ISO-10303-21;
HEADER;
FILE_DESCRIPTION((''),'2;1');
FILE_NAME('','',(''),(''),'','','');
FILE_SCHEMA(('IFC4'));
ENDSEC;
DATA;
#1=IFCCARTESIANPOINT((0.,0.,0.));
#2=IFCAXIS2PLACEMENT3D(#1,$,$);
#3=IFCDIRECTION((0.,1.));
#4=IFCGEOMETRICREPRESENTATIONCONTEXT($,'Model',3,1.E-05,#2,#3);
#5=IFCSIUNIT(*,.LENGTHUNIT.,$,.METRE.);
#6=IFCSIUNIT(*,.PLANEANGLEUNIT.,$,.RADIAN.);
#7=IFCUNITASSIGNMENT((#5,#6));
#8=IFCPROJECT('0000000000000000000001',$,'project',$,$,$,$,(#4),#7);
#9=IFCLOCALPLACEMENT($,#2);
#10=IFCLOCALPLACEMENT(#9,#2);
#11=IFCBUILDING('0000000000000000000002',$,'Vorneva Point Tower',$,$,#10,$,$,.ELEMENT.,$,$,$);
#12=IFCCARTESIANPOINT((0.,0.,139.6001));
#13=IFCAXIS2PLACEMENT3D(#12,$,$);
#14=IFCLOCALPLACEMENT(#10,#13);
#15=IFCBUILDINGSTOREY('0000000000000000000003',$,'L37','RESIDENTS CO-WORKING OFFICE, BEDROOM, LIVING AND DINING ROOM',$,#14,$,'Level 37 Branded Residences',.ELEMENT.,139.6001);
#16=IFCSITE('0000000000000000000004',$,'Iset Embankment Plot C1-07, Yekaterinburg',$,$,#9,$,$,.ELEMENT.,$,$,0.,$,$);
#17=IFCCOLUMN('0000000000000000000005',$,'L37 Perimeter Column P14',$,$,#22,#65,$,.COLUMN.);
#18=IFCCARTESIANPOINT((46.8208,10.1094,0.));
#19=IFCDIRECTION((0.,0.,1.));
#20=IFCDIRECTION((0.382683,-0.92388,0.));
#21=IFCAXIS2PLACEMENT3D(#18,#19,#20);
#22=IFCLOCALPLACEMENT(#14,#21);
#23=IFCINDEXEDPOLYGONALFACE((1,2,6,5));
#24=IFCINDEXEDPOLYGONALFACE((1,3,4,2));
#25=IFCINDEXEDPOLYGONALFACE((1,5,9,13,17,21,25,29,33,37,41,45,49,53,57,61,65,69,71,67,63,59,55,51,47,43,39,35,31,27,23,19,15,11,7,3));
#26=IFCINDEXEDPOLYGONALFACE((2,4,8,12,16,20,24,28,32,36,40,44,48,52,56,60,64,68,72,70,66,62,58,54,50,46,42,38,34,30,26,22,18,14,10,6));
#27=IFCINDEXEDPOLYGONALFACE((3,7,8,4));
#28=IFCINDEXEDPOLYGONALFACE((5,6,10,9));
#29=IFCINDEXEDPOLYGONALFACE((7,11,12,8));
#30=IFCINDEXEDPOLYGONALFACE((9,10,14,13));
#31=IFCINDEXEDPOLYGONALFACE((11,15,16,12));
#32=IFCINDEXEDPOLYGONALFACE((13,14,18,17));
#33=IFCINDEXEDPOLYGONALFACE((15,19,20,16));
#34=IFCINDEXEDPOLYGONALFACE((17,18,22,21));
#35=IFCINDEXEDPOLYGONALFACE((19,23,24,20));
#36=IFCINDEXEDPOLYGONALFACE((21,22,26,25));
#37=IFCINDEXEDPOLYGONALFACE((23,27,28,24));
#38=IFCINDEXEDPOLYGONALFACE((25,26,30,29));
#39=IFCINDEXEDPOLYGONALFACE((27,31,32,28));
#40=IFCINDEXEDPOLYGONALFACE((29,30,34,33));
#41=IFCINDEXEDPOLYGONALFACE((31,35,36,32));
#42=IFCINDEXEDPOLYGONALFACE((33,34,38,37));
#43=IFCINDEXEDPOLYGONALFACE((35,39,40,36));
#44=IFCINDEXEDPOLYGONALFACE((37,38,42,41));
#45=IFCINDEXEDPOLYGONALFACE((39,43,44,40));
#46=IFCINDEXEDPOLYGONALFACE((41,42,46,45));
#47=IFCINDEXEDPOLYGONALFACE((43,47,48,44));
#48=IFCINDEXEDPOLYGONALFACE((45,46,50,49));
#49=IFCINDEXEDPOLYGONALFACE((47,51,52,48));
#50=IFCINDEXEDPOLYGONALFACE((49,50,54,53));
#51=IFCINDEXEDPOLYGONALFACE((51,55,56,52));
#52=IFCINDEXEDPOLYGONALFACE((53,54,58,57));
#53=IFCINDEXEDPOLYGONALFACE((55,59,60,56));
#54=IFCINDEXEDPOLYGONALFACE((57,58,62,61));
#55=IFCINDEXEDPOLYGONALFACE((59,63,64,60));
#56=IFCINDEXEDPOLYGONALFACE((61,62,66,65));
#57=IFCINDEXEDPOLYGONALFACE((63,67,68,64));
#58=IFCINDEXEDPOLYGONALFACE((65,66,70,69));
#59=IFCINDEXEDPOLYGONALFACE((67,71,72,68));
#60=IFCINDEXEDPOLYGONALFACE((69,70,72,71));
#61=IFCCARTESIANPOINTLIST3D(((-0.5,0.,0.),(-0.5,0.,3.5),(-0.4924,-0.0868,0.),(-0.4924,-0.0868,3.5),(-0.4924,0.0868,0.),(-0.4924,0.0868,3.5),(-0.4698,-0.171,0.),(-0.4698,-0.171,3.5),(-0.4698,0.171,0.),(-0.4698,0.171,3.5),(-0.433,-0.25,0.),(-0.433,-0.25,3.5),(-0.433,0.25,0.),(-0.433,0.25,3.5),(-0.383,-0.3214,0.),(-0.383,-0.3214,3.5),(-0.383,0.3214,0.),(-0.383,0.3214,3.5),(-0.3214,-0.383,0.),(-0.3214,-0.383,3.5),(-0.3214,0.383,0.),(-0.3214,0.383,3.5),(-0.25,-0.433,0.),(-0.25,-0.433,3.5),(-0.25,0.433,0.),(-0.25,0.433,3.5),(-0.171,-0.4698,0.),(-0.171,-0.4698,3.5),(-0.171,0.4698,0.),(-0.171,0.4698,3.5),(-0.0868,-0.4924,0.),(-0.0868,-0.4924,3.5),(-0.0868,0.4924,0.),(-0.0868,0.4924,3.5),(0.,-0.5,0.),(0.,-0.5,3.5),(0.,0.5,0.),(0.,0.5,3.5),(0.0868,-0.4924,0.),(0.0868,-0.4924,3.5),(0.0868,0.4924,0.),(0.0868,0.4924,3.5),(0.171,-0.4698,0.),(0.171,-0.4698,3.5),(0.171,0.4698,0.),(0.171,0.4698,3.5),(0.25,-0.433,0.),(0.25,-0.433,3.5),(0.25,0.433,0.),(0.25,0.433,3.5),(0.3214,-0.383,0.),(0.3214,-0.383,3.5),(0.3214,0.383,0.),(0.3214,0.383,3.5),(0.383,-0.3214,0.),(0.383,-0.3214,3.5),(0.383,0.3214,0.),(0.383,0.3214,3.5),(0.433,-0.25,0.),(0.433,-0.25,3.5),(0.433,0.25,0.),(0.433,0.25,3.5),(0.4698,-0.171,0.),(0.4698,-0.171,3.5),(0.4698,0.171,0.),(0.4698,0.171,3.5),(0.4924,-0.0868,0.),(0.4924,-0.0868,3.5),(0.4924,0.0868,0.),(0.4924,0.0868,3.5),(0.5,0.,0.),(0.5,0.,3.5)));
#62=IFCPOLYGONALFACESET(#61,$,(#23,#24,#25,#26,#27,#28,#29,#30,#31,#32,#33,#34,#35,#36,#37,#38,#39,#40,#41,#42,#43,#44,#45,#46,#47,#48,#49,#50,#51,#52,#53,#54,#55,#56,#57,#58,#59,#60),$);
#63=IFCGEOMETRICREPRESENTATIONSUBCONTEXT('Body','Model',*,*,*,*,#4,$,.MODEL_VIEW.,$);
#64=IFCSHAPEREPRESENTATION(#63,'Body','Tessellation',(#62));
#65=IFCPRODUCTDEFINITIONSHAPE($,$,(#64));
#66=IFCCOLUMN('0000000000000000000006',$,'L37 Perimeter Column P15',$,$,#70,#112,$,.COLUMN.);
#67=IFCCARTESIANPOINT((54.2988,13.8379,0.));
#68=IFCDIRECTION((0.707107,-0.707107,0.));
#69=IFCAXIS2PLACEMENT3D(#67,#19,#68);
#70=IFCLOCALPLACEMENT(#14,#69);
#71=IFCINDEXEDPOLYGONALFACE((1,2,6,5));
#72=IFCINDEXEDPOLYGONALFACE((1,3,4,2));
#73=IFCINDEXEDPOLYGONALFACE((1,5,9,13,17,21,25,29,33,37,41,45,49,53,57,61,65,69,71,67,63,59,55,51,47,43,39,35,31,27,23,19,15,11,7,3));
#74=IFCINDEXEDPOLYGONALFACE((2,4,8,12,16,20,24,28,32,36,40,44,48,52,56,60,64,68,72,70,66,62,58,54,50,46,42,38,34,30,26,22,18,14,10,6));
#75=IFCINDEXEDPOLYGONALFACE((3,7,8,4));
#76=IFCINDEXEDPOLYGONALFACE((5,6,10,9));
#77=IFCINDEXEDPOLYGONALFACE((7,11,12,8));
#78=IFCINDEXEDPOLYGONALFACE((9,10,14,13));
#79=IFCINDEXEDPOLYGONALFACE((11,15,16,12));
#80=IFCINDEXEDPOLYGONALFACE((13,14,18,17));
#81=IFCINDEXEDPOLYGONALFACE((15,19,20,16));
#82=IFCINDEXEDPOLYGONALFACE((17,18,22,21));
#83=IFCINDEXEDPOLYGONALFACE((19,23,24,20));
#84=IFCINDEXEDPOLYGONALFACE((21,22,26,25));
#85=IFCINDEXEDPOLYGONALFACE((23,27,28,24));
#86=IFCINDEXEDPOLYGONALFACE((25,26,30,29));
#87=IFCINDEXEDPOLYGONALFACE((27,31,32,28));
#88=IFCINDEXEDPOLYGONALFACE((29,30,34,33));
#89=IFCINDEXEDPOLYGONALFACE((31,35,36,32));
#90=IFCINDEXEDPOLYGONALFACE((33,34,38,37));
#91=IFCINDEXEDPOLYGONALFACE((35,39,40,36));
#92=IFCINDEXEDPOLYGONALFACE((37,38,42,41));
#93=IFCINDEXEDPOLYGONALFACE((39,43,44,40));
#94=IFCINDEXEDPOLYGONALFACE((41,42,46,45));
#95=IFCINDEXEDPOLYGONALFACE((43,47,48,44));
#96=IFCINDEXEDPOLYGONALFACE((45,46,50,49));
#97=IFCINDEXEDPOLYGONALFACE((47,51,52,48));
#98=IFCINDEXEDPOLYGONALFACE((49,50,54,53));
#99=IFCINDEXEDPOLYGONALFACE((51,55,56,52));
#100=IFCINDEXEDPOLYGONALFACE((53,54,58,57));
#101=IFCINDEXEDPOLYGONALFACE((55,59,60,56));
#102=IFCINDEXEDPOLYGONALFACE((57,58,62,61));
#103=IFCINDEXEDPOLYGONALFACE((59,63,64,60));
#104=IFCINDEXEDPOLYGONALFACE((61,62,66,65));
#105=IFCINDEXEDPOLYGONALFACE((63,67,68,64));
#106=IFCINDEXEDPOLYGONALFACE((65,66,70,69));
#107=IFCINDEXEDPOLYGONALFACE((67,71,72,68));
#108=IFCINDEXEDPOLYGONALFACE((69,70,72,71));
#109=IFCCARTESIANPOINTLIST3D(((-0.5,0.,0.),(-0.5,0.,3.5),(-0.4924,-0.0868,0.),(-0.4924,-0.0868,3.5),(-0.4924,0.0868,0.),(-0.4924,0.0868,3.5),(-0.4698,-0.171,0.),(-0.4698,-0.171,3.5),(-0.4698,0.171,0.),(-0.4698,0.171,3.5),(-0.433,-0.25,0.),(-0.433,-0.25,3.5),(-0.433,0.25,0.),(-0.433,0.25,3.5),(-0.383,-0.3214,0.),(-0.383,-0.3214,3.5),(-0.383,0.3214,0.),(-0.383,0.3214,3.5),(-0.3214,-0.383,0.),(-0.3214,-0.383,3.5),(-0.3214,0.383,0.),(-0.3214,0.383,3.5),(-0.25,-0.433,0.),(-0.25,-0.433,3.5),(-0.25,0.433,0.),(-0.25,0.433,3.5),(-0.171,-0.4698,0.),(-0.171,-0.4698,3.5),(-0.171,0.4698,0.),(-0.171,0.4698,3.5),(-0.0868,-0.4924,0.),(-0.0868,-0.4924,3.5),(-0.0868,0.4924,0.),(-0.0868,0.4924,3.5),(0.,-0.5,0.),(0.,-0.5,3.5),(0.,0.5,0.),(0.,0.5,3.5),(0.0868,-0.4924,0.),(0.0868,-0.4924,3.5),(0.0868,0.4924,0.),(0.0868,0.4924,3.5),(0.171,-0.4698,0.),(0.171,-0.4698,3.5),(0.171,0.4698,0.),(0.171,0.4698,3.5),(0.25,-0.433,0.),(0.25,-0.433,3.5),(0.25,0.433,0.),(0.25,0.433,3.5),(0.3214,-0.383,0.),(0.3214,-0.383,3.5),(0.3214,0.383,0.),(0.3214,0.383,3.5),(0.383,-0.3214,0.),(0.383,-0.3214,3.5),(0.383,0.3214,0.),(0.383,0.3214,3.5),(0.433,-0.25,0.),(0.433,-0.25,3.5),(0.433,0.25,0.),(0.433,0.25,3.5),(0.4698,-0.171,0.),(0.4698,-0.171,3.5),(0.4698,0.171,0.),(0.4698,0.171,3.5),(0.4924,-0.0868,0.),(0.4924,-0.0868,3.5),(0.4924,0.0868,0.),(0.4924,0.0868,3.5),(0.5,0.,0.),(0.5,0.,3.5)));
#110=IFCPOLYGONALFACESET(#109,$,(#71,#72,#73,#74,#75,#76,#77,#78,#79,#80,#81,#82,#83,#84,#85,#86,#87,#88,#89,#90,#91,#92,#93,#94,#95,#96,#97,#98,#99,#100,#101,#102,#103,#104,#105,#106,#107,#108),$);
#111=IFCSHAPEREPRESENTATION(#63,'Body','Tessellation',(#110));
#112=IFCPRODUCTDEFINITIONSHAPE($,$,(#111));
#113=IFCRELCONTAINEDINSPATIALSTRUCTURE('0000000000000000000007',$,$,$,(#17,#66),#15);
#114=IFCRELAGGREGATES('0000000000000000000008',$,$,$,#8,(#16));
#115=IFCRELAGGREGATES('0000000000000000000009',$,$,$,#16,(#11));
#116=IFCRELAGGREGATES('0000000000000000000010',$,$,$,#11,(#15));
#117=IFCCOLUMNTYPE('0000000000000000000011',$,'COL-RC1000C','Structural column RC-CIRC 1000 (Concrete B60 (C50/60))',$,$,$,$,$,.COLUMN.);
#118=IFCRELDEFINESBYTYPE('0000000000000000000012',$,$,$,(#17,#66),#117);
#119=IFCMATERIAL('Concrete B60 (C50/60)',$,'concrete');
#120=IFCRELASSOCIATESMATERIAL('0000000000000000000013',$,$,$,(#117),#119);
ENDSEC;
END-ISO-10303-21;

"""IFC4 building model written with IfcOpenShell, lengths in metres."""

from ifc_helpers import new_model, si_unit, direction, frame, origin, origin_2d, place, context, subcontext, project, spatial, circle, extrude, material, material_profile, profile_set, type_object, element, save


model = new_model("IFC4")

# Units and contexts
model_context = context("Model", 3, precision=1e-05, world=origin(), true_north=direction((0.0, 1.0)))
body_context = subcontext(model_context, "Body", "Model", "MODEL_VIEW")
ifc_project = project(units=[si_unit("LENGTHUNIT", "METRE"), si_unit("PLANEANGLEUNIT", "RADIAN")], contexts=[model_context])

# Site, building, storey
site_placement = place(None, origin())
site = spatial("IfcSite", under=ifc_project, at=site_placement, Name="Iset Embankment Plot C1-07, Yekaterinburg", CompositionType="ELEMENT", RefElevation=0.0)
building_placement = place(site_placement, origin())
building = spatial("IfcBuilding", under=site, at=building_placement, Name="Vorneva Point Tower", CompositionType="ELEMENT")
storey_placement = place(building_placement, frame((0.0, 0.0, 139.6001)))
storey = spatial("IfcBuildingStorey", under=building, at=storey_placement, Name="L37", Description="RESIDENTS CO-WORKING OFFICE, BEDROOM, LIVING AND DINING ROOM", LongName="Level 37 Branded Residences", CompositionType="ELEMENT", Elevation=139.6001)

# Columns
ifc_material_1 = material(Name="Concrete B60 (C50/60)", Category="concrete")
ifc_material_profile_1 = material_profile(ifc_material_1, circle(Radius=0.5, at=origin_2d()), Name="RC-CIRC 1000")
ifc_profile_set_1 = profile_set([ifc_material_profile_1], Name="Concrete B60 (C50/60)")
column_type_1 = type_object("IfcColumnType", Name="COL-RC1000C", Description="Structural column RC-CIRC 1000 (Concrete B60 (C50/60))", PredefinedType="COLUMN", material=ifc_profile_set_1)
for number, where, z_axis, x_axis, name in (
    (1, (46.8208, 10.1094, 0.0), (0.0, 0.0, 1.0), (0.382683, -0.92388, 0.0), "L37 Perimeter Column P14"),
    (2, (54.2988, 13.8379, 0.0), (0.0, 0.0, 1.0), (0.707107, -0.707107, 0.0), "L37 Perimeter Column P15"),
):
    element("IfcColumn", number, at=place(storey_placement, frame(where, z_axis=z_axis, x_axis=x_axis)), inside=storey, type_object=column_type_1, Name=name, PredefinedType="COLUMN", context=body_context, shape_type="SweptSolid", body=[
        extrude(circle(Radius=0.5, at=origin_2d()), origin(), (0.0, 0.0, 1.0), 3.5),
    ])

save(model, "model.ifc")
